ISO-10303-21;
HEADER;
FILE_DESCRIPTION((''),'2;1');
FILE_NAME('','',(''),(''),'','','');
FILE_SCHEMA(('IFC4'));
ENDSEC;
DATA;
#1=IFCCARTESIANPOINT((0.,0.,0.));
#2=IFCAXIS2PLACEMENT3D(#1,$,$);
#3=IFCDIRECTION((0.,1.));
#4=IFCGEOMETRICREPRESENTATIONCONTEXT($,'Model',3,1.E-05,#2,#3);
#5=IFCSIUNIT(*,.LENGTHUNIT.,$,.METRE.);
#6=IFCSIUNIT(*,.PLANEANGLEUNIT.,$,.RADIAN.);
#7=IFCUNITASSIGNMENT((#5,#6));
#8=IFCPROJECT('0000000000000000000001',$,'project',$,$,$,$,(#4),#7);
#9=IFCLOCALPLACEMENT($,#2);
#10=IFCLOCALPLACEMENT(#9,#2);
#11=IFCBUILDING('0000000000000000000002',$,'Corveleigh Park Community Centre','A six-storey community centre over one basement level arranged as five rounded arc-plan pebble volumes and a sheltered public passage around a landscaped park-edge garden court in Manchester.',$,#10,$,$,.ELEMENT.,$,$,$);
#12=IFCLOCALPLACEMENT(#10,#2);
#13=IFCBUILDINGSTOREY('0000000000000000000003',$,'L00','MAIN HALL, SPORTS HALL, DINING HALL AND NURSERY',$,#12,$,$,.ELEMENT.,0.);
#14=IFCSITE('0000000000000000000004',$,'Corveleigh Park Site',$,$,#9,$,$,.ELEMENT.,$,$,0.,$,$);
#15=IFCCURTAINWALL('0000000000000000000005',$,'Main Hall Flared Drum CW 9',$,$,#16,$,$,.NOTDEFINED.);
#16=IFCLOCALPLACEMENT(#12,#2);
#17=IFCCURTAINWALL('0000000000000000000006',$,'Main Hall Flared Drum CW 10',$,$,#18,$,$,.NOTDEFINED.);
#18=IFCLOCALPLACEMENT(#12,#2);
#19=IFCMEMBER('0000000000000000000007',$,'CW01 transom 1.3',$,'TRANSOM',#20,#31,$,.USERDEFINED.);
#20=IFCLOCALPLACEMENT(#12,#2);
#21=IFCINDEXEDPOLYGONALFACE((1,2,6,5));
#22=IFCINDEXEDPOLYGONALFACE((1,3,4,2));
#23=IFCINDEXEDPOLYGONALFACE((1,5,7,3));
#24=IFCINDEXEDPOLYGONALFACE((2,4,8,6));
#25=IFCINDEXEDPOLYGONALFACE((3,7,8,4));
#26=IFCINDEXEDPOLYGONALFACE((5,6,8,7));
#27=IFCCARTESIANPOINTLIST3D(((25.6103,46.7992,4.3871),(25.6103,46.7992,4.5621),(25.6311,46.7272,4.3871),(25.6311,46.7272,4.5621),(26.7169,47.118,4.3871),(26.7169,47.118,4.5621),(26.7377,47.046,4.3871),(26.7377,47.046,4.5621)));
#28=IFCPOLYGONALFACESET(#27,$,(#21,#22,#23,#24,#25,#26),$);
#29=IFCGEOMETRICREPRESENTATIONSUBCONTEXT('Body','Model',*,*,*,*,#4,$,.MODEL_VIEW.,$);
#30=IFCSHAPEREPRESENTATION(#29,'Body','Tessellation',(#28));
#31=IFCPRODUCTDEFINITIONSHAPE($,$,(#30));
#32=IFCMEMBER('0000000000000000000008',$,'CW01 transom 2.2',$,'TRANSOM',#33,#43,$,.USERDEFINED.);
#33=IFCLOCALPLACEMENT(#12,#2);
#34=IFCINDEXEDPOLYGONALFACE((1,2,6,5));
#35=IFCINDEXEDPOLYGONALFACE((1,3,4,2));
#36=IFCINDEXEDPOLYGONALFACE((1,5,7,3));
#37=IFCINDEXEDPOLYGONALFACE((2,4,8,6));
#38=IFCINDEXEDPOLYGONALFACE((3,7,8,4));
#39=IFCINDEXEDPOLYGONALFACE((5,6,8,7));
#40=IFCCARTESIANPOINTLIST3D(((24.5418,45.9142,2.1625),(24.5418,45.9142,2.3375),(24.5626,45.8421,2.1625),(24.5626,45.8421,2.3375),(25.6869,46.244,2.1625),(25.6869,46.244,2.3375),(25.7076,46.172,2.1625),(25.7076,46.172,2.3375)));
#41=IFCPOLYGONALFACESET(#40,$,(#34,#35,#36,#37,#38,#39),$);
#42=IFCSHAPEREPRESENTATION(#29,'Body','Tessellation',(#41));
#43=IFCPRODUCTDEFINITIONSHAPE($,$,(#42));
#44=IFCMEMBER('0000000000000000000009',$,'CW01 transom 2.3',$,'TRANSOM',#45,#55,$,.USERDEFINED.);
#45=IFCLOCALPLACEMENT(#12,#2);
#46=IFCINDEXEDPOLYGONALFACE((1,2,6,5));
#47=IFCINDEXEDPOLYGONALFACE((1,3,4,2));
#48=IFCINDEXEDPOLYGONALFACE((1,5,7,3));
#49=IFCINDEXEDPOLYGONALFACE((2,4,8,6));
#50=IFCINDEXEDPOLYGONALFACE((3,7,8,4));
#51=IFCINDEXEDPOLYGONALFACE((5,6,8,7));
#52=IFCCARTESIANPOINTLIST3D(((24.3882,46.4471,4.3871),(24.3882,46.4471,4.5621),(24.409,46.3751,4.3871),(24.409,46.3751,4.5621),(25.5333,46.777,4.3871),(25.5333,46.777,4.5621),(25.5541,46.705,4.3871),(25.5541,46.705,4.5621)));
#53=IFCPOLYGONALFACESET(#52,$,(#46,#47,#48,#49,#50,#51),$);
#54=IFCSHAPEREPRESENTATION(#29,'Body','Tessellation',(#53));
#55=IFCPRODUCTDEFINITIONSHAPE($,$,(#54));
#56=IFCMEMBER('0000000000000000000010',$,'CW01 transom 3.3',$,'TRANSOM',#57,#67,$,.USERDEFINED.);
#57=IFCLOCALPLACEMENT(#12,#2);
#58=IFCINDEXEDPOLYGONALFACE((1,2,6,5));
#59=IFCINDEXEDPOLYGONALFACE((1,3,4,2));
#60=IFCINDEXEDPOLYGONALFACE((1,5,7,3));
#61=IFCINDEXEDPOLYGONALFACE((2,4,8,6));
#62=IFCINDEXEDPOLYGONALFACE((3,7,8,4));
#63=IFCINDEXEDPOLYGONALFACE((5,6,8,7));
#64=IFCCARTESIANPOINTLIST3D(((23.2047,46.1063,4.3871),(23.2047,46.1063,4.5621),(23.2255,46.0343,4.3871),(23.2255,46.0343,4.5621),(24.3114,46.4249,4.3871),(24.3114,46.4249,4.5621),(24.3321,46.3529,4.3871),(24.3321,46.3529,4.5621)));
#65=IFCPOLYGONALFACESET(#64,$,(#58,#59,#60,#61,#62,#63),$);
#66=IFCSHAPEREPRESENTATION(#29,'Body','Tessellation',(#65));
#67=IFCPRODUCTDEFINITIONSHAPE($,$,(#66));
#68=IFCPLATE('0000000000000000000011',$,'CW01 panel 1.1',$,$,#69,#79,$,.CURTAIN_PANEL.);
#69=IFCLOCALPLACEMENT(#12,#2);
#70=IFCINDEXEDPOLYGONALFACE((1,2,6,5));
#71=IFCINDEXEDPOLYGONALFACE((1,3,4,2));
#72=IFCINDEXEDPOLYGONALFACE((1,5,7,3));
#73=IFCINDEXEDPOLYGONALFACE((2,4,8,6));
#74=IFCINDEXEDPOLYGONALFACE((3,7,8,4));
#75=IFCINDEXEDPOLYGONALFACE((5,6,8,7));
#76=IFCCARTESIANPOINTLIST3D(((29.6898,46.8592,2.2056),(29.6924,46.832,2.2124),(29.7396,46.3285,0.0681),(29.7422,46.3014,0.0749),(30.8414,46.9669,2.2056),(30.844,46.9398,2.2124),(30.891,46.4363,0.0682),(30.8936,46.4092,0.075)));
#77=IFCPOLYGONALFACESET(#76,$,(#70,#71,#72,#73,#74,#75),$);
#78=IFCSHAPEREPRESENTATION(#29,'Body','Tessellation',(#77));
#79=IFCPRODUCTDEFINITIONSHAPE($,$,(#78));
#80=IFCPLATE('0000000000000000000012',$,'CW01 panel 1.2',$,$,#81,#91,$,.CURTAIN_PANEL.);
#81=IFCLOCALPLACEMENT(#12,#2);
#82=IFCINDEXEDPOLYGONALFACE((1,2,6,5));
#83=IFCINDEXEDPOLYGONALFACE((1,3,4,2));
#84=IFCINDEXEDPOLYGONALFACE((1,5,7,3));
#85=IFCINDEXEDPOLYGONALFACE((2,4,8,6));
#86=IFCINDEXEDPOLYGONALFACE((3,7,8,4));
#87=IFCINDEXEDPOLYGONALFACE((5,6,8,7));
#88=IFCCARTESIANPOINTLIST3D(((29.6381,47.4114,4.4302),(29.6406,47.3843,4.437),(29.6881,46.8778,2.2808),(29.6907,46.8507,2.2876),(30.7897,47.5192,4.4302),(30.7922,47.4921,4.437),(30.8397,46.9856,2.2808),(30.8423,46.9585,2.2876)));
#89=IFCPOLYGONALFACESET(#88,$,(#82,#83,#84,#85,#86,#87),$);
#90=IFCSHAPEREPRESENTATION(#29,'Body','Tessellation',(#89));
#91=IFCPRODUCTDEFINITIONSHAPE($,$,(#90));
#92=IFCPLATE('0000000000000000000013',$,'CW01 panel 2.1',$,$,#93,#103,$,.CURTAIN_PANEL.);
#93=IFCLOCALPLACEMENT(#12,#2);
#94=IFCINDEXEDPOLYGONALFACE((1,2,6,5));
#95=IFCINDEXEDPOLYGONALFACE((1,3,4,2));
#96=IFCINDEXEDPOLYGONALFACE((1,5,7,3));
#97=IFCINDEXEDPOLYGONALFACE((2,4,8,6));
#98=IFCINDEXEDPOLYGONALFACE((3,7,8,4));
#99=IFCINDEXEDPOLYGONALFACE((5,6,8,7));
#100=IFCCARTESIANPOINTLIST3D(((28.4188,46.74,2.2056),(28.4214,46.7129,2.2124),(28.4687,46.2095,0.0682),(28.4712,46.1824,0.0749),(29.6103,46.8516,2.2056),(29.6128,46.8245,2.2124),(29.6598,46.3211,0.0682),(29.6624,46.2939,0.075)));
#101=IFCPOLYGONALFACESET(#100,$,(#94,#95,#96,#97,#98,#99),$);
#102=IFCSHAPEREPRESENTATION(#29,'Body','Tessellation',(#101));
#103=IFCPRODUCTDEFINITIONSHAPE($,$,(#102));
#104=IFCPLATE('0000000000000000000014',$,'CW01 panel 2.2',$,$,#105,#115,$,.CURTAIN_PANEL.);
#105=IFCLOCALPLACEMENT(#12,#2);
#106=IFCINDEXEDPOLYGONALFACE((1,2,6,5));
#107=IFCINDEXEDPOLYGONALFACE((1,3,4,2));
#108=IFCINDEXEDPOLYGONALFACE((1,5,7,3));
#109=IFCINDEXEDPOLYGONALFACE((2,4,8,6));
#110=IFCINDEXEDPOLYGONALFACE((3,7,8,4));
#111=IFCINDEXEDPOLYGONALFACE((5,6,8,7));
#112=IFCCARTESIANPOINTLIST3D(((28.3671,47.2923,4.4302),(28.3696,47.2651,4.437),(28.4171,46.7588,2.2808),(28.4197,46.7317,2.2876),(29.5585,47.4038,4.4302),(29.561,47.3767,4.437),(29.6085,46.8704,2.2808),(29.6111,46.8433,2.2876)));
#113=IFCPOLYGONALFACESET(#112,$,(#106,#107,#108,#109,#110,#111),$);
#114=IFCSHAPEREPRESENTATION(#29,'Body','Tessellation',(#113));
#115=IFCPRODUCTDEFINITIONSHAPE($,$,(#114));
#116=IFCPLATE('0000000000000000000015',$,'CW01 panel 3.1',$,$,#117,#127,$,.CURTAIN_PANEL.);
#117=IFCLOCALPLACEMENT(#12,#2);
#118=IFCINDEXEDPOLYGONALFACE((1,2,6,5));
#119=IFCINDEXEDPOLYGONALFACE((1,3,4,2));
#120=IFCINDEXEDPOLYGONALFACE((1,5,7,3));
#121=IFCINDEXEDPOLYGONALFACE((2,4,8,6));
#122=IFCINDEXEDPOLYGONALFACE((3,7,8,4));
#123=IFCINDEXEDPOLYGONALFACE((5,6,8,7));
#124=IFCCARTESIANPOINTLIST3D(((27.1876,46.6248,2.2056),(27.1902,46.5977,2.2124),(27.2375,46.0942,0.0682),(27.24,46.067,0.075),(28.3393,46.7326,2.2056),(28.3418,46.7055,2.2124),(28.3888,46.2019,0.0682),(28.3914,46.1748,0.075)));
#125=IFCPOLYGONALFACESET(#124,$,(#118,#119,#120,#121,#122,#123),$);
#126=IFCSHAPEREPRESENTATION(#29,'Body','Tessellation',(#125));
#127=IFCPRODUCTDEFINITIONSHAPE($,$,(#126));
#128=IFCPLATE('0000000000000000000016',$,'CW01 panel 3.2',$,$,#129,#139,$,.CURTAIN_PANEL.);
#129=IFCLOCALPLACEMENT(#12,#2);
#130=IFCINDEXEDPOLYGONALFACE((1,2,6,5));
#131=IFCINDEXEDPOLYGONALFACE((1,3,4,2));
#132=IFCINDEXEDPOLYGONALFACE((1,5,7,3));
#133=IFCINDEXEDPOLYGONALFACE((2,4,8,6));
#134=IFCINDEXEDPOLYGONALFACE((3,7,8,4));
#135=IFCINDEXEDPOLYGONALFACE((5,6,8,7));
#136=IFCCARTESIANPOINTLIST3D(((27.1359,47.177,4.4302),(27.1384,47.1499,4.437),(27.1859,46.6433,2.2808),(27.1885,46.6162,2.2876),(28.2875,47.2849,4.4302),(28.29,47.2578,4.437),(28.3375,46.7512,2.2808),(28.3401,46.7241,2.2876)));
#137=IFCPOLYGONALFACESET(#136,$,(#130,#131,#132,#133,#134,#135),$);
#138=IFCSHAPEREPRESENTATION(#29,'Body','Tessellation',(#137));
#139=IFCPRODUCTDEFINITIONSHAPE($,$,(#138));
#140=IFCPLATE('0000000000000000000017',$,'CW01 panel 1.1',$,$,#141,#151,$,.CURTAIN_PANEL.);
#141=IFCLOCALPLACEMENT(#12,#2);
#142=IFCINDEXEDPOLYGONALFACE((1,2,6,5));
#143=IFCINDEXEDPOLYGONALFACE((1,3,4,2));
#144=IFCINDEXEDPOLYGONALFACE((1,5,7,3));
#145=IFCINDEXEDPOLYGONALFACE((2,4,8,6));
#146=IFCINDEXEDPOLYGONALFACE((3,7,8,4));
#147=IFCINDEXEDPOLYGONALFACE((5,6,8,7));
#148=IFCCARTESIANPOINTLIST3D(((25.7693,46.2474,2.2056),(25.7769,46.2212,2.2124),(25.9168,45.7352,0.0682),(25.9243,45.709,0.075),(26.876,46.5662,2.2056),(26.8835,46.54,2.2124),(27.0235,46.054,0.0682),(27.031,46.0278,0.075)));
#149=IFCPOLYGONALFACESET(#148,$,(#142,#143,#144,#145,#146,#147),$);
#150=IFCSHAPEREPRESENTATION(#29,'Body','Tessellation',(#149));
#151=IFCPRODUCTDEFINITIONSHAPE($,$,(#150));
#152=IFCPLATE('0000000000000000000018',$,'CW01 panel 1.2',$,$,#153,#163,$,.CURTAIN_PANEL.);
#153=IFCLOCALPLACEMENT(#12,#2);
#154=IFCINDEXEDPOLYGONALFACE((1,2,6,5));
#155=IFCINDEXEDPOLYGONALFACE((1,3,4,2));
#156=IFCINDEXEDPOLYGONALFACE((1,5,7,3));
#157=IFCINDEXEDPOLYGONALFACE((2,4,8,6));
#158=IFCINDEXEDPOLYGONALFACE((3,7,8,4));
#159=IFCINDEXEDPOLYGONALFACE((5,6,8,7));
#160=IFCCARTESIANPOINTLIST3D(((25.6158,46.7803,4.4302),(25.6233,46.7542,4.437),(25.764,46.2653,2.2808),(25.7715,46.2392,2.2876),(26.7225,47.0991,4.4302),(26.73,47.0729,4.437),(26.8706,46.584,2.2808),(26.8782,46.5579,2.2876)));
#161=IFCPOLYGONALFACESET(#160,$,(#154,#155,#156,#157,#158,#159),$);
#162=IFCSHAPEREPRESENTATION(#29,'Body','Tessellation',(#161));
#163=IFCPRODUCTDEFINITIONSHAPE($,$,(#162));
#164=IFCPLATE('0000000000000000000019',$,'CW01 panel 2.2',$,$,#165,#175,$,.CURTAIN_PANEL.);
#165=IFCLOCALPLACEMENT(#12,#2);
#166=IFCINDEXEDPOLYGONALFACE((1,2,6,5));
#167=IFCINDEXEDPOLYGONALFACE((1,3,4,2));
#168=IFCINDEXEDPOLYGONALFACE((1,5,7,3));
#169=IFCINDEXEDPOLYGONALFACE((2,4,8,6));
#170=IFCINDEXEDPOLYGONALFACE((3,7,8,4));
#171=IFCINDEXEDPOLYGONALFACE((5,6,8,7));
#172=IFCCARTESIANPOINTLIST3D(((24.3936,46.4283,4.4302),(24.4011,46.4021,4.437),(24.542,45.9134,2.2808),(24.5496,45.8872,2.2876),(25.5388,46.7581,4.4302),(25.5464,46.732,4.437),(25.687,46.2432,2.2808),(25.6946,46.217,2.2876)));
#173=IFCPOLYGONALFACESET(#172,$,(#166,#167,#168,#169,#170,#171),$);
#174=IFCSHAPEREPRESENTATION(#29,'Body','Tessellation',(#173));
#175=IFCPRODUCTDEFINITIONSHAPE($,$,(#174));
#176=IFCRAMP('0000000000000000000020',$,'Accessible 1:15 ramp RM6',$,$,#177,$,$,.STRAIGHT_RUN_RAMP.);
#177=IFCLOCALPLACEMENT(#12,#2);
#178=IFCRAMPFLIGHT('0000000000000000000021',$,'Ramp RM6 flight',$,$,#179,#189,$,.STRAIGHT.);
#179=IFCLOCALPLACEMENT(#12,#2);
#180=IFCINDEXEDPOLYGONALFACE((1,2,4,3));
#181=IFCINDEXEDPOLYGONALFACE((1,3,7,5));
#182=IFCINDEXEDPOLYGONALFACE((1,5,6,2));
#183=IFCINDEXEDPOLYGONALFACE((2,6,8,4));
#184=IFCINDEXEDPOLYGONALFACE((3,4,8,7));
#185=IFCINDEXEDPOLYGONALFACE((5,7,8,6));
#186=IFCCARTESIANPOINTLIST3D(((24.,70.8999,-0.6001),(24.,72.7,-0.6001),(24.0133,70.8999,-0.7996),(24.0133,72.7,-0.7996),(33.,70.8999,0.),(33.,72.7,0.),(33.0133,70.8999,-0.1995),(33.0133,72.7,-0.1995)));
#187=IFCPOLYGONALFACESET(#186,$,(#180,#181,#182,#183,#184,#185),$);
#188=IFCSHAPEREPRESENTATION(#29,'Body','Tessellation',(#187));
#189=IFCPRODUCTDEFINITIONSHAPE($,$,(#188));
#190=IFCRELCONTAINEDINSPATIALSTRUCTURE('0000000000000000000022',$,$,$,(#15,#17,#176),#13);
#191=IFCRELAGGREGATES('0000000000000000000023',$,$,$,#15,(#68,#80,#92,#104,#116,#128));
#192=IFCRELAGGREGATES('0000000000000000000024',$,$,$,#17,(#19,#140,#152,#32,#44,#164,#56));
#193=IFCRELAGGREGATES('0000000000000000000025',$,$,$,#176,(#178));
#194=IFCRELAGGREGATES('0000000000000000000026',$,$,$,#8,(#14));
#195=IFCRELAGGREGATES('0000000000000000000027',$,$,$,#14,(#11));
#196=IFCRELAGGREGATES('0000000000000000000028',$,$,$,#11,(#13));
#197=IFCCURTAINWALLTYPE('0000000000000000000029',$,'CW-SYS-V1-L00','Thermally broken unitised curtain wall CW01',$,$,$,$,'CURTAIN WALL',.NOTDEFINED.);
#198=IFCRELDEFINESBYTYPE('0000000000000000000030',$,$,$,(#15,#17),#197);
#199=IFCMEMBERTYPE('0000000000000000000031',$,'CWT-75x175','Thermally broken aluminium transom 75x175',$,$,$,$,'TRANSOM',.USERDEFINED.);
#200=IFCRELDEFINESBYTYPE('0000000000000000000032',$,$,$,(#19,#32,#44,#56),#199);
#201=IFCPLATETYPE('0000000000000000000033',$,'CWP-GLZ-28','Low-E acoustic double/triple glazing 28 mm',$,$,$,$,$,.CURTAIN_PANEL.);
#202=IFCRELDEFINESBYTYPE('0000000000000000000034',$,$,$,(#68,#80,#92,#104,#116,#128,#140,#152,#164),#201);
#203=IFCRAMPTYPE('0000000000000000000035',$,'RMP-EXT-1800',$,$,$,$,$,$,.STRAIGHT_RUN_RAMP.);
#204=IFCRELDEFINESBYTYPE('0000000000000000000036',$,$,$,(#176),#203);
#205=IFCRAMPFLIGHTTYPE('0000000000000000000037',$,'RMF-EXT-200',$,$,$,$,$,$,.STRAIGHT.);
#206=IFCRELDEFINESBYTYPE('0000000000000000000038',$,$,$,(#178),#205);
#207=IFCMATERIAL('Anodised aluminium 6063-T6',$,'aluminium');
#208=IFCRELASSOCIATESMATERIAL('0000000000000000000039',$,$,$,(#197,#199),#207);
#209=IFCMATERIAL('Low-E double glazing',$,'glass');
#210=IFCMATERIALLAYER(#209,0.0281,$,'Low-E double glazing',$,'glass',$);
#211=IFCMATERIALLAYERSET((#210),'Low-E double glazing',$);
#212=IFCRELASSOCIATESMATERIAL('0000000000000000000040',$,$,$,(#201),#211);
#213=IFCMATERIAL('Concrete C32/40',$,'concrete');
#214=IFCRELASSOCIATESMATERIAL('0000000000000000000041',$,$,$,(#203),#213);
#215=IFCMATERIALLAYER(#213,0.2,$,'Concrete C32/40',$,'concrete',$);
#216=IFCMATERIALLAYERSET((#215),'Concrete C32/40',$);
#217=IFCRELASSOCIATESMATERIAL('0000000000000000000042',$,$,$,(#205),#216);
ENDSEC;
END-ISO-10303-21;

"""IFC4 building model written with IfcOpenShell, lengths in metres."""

from ifc_helpers import new_model, si_unit, direction, frame, origin, origin_2d, place, context, subcontext, project, spatial, polyline, rectangle, outline, extrude, material, layer, layer_set, material_profile, profile_set, type_object, element, aggregate, save


model = new_model("IFC4")

# Units and contexts
model_context = context("Model", 3, precision=1e-05, world=origin(), true_north=direction((0.0, 1.0)))
body_context = subcontext(model_context, "Body", "Model", "MODEL_VIEW")
ifc_project = project(units=[si_unit("LENGTHUNIT", "METRE"), si_unit("PLANEANGLEUNIT", "RADIAN")], contexts=[model_context])

# Site, building, storey
site_placement = place(None, origin())
site = spatial("IfcSite", under=ifc_project, at=site_placement, Name="Corveleigh Park Site", CompositionType="ELEMENT", RefElevation=0.0)
building_placement = place(site_placement, origin())
building = spatial("IfcBuilding", under=site, at=building_placement, Name="Corveleigh Park Community Centre", Description="A six-storey community centre over one basement level arranged as five rounded arc-plan pebble volumes and a sheltered public passage around a landscaped park-edge garden court in Manchester.", CompositionType="ELEMENT")
storey_placement = place(building_placement, origin())
storey = spatial("IfcBuildingStorey", under=building, at=storey_placement, Name="L00", Description="MAIN HALL, SPORTS HALL, DINING HALL AND NURSERY", CompositionType="ELEMENT", Elevation=0.0)

# Shared definitions
ifc_material_1 = material(Name="Anodised aluminium 6063-T6", Category="aluminium")

# Curtain wall
curtain_wall_type_1 = type_object("IfcCurtainWallType", Name="CW-SYS-V1-L00", Description="Thermally broken unitised curtain wall CW01", ElementType="CURTAIN WALL", PredefinedType="NOTDEFINED", material=ifc_material_1)
curtain_wall_1_placement = place(storey_placement, origin())
curtain_wall_1 = element("IfcCurtainWall", 1, at=curtain_wall_1_placement, inside=storey, type_object=curtain_wall_type_1, Name="Main Hall Flared Drum CW 9", PredefinedType="NOTDEFINED")

# Shared definitions
ifc_material_profile_1 = material_profile(ifc_material_1, rectangle(XDim=0.075, YDim=0.175, at=origin_2d()), Name="ALU-T75x175", Category="aluminium")
ifc_profile_set_1 = profile_set([ifc_material_profile_1], Name="Anodised aluminium 6063-T6")
member_type_1 = type_object("IfcMemberType", Name="CWT-75x175", Description="Thermally broken aluminium transom 75x175", ElementType="TRANSOM", PredefinedType="USERDEFINED", material=ifc_profile_set_1)

# Curtain wall, members
curtain_wall_2_placement = place(storey_placement, origin())
curtain_wall_2 = element("IfcCurtainWall", 2, at=curtain_wall_2_placement, inside=storey, type_object=curtain_wall_type_1, Name="Main Hall Flared Drum CW 10", PredefinedType="NOTDEFINED")
member_1_placement = place(storey_placement, frame((26.7273, 47.082, 4.4746), z_axis=(-0.960914, -0.276848, 0.0), x_axis=(0.276848, -0.960914, 0.0)))
member_1 = element("IfcMember", 3, at=member_1_placement, type_object=member_type_1, Name="CW01 transom 1.3", ObjectType="TRANSOM", PredefinedType="USERDEFINED", context=body_context, shape_type="SweptSolid", body=[
    extrude(rectangle(XDim=0.075, YDim=0.175, at=origin_2d()), origin(), (0.0, 0.0, 1.0), 1.1516),
])
member_2_placement = place(storey_placement, frame((25.6973, 46.208, 2.25), z_axis=(-0.960926, -0.276804, 0.0), x_axis=(0.276804, -0.960926, 0.0)))
member_2 = element("IfcMember", 4, at=member_2_placement, type_object=member_type_1, Name="CW01 transom 2.2", ObjectType="TRANSOM", PredefinedType="USERDEFINED", context=body_context, shape_type="SweptSolid", body=[
    extrude(rectangle(XDim=0.075, YDim=0.175, at=origin_2d()), origin(), (0.0, 0.0, 1.0), 1.1917),
])
member_3_placement = place(storey_placement, frame((25.5437, 46.741, 4.4746), z_axis=(-0.960926, -0.276804, 0.0), x_axis=(0.276804, -0.960926, 0.0)))
member_3 = element("IfcMember", 5, at=member_3_placement, type_object=member_type_1, Name="CW01 transom 2.3", ObjectType="TRANSOM", PredefinedType="USERDEFINED", context=body_context, shape_type="SweptSolid", body=[
    extrude(rectangle(XDim=0.075, YDim=0.175, at=origin_2d()), origin(), (0.0, 0.0, 1.0), 1.1917),
])
member_4_placement = place(storey_placement, frame((24.3218, 46.3889, 4.4746), z_axis=(-0.96097, -0.276653, 0.0), x_axis=(0.276653, -0.96097, 0.0)))
member_4 = element("IfcMember", 6, at=member_4_placement, type_object=member_type_1, Name="CW01 transom 3.3", ObjectType="TRANSOM", PredefinedType="USERDEFINED", context=body_context, shape_type="SweptSolid", body=[
    extrude(rectangle(XDim=0.075, YDim=0.175, at=origin_2d()), origin(), (0.0, 0.0, 1.0), 1.1516),
])

# Plates
ifc_material_2 = material(Name="Low-E double glazing", Category="glass")
ifc_layer_1 = layer(ifc_material_2, 0.0281, Name="Low-E double glazing", Category="glass")
ifc_layer_set_1 = layer_set([ifc_layer_1], Name="Low-E double glazing")
plate_type = type_object("IfcPlateType", Name="CWP-GLZ-28", Description="Low-E acoustic double/triple glazing 28 mm", PredefinedType="CURTAIN_PANEL", material=ifc_layer_set_1)
plate_1_placement = place(storey_placement, frame((30.8936, 46.4092, 0.075), z_axis=(0.090431, -0.966069, 0.241936), x_axis=(-0.995647, -0.093207, -0.000027)))
plate_1 = element("IfcPlate", 7, at=plate_1_placement, type_object=plate_type, Name="CW01 panel 1.1", PredefinedType="CURTAIN_PANEL", context=body_context, shape_type="SweptSolid", body=[
    extrude(outline(polyline([(0.0, 0.0), (1.1564, 0.0), (1.1565, -2.2029), (-0.0002, -2.2029), (0.0, 0.0)])), origin(), (0.0, 0.0, -1.0), 0.0281),
])
plate_2_placement = place(storey_placement, frame((30.8423, 46.9585, 2.2876), z_axis=(0.090422, -0.966073, 0.241923), x_axis=(-0.995648, -0.093196, -0.000025)))
plate_2 = element("IfcPlate", 8, at=plate_2_placement, type_object=plate_type, Name="CW01 panel 1.2", PredefinedType="CURTAIN_PANEL", context=body_context, shape_type="SweptSolid", body=[
    extrude(outline(polyline([(0.0, 0.0), (1.1567, 0.0), (1.1567, -2.2152), (0.0001, -2.2152), (0.0, 0.0)])), origin(), (0.0, 0.0, -1.0), 0.0281),
])
plate_3_placement = place(storey_placement, frame((29.6624, 46.2939, 0.075), z_axis=(0.09048, -0.966077, 0.241884), x_axis=(-0.995643, -0.09325, -0.000002)))
plate_3 = element("IfcPlate", 9, at=plate_3_placement, type_object=plate_type, Name="CW01 panel 2.1", PredefinedType="CURTAIN_PANEL", context=body_context, shape_type="SweptSolid", body=[
    extrude(outline(polyline([(0.0, 0.0), (1.1964, 0.0), (1.1965, -2.2029), (-0.0001, -2.2029), (0.0, 0.0)])), origin(), (0.0, 0.0, -1.0), 0.0281),
])
plate_4_placement = place(storey_placement, frame((29.6111, 46.8433, 2.2876), z_axis=(0.090471, -0.966081, 0.241871), x_axis=(-0.995644, -0.09324, 0.0)))
plate_4 = element("IfcPlate", 10, at=plate_4_placement, type_object=plate_type, Name="CW01 panel 2.2", PredefinedType="CURTAIN_PANEL", context=body_context, shape_type="SweptSolid", body=[
    extrude(outline(polyline([(0.0, 0.0), (1.1966, 0.0), (1.1967, -2.2152), (0.0001, -2.2152), (0.0, 0.0)])), origin(), (0.0, 0.0, -1.0), 0.0281),
])
plate_5_placement = place(storey_placement, frame((28.3914, 46.1748, 0.075), z_axis=(0.090431, -0.966069, 0.241936), x_axis=(-0.995648, -0.093195, 0.000022)))
plate_5 = element("IfcPlate", 11, at=plate_5_placement, type_object=plate_type, Name="CW01 panel 3.1", PredefinedType="CURTAIN_PANEL", context=body_context, shape_type="SweptSolid", body=[
    extrude(outline(polyline([(0.0, 0.0), (1.1564, 0.0), (1.1566, -2.2029), (-0.0001, -2.2029), (0.0, 0.0)])), origin(), (0.0, 0.0, -1.0), 0.0281),
])
plate_6_placement = place(storey_placement, frame((28.3401, 46.7241, 2.2876), z_axis=(0.090522, -0.966051, 0.241975), x_axis=(-0.995639, -0.093295, 0.0)))
plate_6 = element("IfcPlate", 12, at=plate_6_placement, type_object=plate_type, Name="CW01 panel 3.2", PredefinedType="CURTAIN_PANEL", context=body_context, shape_type="SweptSolid", body=[
    extrude(outline(polyline([(0.0, 0.0), (1.1567, 0.0), (1.1567, -2.2152), (0.0, -2.2152), (0.0, 0.0)])), origin(), (0.0, 0.0, -1.0), 0.0281),
])
aggregate(curtain_wall_1, [plate_1, plate_2, plate_3, plate_4, plate_5, plate_6])
plate_7_placement = place(storey_placement, frame((27.031, 46.0278, 0.075), z_axis=(0.268622, -0.932362, 0.241958), x_axis=(-0.960914, -0.276848, 0.0)))
plate_7 = element("IfcPlate", 13, at=plate_7_placement, type_object=plate_type, Name="CW01 panel 1.1", PredefinedType="CURTAIN_PANEL", context=body_context, shape_type="SweptSolid", body=[
    extrude(outline(polyline([(0.0, 0.0), (1.1517, 0.0), (1.1516, -2.2029), (-0.0001, -2.2029), (0.0, 0.0)])), origin(), (0.0, 0.0, -1.0), 0.0281),
])
plate_8_placement = place(storey_placement, frame((26.8782, 46.5579, 2.2876), z_axis=(0.26853, -0.932397, 0.241923), x_axis=(-0.960943, -0.276745, 0.000024)))
plate_8 = element("IfcPlate", 14, at=plate_8_placement, type_object=plate_type, Name="CW01 panel 1.2", PredefinedType="CURTAIN_PANEL", context=body_context, shape_type="SweptSolid", body=[
    extrude(outline(polyline([(0.0, 0.0), (1.1516, 0.0), (1.1516, -2.2152), (-0.0001, -2.2152), (0.0, 0.0)])), origin(), (0.0, 0.0, -1.0), 0.0281),
])
plate_9_placement = place(storey_placement, frame((25.6946, 46.217, 2.2876), z_axis=(0.268558, -0.932399, 0.241887), x_axis=(-0.960934, -0.276779, -0.000007)))
plate_9 = element("IfcPlate", 15, at=plate_9_placement, type_object=plate_type, Name="CW01 panel 2.2", PredefinedType="CURTAIN_PANEL", context=body_context, shape_type="SweptSolid", body=[
    extrude(outline(polyline([(0.0, 0.0), (1.1916, 0.0), (1.1917, -2.2152), (-0.0001, -2.2152), (0.0, 0.0)])), origin(), (0.0, 0.0, -1.0), 0.0281),
])
aggregate(curtain_wall_2, [member_1, plate_7, plate_8, member_2, member_3, plate_9, member_4])

# Ramp, ramp flight
ifc_material_3 = material(Name="Concrete C32/40", Category="concrete")
ramp_type = type_object("IfcRampType", Name="RMP-EXT-1800", PredefinedType="STRAIGHT_RUN_RAMP", material=ifc_material_3)
ramp_placement = place(storey_placement, origin())
ramp = element("IfcRamp", 16, at=ramp_placement, inside=storey, type_object=ramp_type, Name="Accessible 1:15 ramp RM6", PredefinedType="STRAIGHT_RUN_RAMP")
ifc_layer_2 = layer(ifc_material_3, 0.2, Name="Concrete C32/40", Category="concrete")
ifc_layer_set_2 = layer_set([ifc_layer_2], Name="Concrete C32/40")
ramp_flight_type = type_object("IfcRampFlightType", Name="RMF-EXT-200", PredefinedType="STRAIGHT", material=ifc_layer_set_2)
ramp_flight_placement = place(storey_placement, frame((24.0, 70.8999, -0.6001), z_axis=(-0.06653, 0.0, 0.997784), x_axis=(0.997784, 0.0, 0.06653)))
ramp_flight = element("IfcRampFlight", 17, at=ramp_flight_placement, type_object=ramp_flight_type, Name="Ramp RM6 flight", PredefinedType="STRAIGHT", context=body_context, shape_type="SweptSolid", body=[
    extrude(outline(polyline([(0.0, 0.0), (9.02, 0.0), (9.02, 1.8), (0.0, 1.8), (0.0, 0.0)])), origin(), (0.0, 0.0, -1.0), 0.2),
])
aggregate(ramp, [ramp_flight])

save(model, "model.ifc")
